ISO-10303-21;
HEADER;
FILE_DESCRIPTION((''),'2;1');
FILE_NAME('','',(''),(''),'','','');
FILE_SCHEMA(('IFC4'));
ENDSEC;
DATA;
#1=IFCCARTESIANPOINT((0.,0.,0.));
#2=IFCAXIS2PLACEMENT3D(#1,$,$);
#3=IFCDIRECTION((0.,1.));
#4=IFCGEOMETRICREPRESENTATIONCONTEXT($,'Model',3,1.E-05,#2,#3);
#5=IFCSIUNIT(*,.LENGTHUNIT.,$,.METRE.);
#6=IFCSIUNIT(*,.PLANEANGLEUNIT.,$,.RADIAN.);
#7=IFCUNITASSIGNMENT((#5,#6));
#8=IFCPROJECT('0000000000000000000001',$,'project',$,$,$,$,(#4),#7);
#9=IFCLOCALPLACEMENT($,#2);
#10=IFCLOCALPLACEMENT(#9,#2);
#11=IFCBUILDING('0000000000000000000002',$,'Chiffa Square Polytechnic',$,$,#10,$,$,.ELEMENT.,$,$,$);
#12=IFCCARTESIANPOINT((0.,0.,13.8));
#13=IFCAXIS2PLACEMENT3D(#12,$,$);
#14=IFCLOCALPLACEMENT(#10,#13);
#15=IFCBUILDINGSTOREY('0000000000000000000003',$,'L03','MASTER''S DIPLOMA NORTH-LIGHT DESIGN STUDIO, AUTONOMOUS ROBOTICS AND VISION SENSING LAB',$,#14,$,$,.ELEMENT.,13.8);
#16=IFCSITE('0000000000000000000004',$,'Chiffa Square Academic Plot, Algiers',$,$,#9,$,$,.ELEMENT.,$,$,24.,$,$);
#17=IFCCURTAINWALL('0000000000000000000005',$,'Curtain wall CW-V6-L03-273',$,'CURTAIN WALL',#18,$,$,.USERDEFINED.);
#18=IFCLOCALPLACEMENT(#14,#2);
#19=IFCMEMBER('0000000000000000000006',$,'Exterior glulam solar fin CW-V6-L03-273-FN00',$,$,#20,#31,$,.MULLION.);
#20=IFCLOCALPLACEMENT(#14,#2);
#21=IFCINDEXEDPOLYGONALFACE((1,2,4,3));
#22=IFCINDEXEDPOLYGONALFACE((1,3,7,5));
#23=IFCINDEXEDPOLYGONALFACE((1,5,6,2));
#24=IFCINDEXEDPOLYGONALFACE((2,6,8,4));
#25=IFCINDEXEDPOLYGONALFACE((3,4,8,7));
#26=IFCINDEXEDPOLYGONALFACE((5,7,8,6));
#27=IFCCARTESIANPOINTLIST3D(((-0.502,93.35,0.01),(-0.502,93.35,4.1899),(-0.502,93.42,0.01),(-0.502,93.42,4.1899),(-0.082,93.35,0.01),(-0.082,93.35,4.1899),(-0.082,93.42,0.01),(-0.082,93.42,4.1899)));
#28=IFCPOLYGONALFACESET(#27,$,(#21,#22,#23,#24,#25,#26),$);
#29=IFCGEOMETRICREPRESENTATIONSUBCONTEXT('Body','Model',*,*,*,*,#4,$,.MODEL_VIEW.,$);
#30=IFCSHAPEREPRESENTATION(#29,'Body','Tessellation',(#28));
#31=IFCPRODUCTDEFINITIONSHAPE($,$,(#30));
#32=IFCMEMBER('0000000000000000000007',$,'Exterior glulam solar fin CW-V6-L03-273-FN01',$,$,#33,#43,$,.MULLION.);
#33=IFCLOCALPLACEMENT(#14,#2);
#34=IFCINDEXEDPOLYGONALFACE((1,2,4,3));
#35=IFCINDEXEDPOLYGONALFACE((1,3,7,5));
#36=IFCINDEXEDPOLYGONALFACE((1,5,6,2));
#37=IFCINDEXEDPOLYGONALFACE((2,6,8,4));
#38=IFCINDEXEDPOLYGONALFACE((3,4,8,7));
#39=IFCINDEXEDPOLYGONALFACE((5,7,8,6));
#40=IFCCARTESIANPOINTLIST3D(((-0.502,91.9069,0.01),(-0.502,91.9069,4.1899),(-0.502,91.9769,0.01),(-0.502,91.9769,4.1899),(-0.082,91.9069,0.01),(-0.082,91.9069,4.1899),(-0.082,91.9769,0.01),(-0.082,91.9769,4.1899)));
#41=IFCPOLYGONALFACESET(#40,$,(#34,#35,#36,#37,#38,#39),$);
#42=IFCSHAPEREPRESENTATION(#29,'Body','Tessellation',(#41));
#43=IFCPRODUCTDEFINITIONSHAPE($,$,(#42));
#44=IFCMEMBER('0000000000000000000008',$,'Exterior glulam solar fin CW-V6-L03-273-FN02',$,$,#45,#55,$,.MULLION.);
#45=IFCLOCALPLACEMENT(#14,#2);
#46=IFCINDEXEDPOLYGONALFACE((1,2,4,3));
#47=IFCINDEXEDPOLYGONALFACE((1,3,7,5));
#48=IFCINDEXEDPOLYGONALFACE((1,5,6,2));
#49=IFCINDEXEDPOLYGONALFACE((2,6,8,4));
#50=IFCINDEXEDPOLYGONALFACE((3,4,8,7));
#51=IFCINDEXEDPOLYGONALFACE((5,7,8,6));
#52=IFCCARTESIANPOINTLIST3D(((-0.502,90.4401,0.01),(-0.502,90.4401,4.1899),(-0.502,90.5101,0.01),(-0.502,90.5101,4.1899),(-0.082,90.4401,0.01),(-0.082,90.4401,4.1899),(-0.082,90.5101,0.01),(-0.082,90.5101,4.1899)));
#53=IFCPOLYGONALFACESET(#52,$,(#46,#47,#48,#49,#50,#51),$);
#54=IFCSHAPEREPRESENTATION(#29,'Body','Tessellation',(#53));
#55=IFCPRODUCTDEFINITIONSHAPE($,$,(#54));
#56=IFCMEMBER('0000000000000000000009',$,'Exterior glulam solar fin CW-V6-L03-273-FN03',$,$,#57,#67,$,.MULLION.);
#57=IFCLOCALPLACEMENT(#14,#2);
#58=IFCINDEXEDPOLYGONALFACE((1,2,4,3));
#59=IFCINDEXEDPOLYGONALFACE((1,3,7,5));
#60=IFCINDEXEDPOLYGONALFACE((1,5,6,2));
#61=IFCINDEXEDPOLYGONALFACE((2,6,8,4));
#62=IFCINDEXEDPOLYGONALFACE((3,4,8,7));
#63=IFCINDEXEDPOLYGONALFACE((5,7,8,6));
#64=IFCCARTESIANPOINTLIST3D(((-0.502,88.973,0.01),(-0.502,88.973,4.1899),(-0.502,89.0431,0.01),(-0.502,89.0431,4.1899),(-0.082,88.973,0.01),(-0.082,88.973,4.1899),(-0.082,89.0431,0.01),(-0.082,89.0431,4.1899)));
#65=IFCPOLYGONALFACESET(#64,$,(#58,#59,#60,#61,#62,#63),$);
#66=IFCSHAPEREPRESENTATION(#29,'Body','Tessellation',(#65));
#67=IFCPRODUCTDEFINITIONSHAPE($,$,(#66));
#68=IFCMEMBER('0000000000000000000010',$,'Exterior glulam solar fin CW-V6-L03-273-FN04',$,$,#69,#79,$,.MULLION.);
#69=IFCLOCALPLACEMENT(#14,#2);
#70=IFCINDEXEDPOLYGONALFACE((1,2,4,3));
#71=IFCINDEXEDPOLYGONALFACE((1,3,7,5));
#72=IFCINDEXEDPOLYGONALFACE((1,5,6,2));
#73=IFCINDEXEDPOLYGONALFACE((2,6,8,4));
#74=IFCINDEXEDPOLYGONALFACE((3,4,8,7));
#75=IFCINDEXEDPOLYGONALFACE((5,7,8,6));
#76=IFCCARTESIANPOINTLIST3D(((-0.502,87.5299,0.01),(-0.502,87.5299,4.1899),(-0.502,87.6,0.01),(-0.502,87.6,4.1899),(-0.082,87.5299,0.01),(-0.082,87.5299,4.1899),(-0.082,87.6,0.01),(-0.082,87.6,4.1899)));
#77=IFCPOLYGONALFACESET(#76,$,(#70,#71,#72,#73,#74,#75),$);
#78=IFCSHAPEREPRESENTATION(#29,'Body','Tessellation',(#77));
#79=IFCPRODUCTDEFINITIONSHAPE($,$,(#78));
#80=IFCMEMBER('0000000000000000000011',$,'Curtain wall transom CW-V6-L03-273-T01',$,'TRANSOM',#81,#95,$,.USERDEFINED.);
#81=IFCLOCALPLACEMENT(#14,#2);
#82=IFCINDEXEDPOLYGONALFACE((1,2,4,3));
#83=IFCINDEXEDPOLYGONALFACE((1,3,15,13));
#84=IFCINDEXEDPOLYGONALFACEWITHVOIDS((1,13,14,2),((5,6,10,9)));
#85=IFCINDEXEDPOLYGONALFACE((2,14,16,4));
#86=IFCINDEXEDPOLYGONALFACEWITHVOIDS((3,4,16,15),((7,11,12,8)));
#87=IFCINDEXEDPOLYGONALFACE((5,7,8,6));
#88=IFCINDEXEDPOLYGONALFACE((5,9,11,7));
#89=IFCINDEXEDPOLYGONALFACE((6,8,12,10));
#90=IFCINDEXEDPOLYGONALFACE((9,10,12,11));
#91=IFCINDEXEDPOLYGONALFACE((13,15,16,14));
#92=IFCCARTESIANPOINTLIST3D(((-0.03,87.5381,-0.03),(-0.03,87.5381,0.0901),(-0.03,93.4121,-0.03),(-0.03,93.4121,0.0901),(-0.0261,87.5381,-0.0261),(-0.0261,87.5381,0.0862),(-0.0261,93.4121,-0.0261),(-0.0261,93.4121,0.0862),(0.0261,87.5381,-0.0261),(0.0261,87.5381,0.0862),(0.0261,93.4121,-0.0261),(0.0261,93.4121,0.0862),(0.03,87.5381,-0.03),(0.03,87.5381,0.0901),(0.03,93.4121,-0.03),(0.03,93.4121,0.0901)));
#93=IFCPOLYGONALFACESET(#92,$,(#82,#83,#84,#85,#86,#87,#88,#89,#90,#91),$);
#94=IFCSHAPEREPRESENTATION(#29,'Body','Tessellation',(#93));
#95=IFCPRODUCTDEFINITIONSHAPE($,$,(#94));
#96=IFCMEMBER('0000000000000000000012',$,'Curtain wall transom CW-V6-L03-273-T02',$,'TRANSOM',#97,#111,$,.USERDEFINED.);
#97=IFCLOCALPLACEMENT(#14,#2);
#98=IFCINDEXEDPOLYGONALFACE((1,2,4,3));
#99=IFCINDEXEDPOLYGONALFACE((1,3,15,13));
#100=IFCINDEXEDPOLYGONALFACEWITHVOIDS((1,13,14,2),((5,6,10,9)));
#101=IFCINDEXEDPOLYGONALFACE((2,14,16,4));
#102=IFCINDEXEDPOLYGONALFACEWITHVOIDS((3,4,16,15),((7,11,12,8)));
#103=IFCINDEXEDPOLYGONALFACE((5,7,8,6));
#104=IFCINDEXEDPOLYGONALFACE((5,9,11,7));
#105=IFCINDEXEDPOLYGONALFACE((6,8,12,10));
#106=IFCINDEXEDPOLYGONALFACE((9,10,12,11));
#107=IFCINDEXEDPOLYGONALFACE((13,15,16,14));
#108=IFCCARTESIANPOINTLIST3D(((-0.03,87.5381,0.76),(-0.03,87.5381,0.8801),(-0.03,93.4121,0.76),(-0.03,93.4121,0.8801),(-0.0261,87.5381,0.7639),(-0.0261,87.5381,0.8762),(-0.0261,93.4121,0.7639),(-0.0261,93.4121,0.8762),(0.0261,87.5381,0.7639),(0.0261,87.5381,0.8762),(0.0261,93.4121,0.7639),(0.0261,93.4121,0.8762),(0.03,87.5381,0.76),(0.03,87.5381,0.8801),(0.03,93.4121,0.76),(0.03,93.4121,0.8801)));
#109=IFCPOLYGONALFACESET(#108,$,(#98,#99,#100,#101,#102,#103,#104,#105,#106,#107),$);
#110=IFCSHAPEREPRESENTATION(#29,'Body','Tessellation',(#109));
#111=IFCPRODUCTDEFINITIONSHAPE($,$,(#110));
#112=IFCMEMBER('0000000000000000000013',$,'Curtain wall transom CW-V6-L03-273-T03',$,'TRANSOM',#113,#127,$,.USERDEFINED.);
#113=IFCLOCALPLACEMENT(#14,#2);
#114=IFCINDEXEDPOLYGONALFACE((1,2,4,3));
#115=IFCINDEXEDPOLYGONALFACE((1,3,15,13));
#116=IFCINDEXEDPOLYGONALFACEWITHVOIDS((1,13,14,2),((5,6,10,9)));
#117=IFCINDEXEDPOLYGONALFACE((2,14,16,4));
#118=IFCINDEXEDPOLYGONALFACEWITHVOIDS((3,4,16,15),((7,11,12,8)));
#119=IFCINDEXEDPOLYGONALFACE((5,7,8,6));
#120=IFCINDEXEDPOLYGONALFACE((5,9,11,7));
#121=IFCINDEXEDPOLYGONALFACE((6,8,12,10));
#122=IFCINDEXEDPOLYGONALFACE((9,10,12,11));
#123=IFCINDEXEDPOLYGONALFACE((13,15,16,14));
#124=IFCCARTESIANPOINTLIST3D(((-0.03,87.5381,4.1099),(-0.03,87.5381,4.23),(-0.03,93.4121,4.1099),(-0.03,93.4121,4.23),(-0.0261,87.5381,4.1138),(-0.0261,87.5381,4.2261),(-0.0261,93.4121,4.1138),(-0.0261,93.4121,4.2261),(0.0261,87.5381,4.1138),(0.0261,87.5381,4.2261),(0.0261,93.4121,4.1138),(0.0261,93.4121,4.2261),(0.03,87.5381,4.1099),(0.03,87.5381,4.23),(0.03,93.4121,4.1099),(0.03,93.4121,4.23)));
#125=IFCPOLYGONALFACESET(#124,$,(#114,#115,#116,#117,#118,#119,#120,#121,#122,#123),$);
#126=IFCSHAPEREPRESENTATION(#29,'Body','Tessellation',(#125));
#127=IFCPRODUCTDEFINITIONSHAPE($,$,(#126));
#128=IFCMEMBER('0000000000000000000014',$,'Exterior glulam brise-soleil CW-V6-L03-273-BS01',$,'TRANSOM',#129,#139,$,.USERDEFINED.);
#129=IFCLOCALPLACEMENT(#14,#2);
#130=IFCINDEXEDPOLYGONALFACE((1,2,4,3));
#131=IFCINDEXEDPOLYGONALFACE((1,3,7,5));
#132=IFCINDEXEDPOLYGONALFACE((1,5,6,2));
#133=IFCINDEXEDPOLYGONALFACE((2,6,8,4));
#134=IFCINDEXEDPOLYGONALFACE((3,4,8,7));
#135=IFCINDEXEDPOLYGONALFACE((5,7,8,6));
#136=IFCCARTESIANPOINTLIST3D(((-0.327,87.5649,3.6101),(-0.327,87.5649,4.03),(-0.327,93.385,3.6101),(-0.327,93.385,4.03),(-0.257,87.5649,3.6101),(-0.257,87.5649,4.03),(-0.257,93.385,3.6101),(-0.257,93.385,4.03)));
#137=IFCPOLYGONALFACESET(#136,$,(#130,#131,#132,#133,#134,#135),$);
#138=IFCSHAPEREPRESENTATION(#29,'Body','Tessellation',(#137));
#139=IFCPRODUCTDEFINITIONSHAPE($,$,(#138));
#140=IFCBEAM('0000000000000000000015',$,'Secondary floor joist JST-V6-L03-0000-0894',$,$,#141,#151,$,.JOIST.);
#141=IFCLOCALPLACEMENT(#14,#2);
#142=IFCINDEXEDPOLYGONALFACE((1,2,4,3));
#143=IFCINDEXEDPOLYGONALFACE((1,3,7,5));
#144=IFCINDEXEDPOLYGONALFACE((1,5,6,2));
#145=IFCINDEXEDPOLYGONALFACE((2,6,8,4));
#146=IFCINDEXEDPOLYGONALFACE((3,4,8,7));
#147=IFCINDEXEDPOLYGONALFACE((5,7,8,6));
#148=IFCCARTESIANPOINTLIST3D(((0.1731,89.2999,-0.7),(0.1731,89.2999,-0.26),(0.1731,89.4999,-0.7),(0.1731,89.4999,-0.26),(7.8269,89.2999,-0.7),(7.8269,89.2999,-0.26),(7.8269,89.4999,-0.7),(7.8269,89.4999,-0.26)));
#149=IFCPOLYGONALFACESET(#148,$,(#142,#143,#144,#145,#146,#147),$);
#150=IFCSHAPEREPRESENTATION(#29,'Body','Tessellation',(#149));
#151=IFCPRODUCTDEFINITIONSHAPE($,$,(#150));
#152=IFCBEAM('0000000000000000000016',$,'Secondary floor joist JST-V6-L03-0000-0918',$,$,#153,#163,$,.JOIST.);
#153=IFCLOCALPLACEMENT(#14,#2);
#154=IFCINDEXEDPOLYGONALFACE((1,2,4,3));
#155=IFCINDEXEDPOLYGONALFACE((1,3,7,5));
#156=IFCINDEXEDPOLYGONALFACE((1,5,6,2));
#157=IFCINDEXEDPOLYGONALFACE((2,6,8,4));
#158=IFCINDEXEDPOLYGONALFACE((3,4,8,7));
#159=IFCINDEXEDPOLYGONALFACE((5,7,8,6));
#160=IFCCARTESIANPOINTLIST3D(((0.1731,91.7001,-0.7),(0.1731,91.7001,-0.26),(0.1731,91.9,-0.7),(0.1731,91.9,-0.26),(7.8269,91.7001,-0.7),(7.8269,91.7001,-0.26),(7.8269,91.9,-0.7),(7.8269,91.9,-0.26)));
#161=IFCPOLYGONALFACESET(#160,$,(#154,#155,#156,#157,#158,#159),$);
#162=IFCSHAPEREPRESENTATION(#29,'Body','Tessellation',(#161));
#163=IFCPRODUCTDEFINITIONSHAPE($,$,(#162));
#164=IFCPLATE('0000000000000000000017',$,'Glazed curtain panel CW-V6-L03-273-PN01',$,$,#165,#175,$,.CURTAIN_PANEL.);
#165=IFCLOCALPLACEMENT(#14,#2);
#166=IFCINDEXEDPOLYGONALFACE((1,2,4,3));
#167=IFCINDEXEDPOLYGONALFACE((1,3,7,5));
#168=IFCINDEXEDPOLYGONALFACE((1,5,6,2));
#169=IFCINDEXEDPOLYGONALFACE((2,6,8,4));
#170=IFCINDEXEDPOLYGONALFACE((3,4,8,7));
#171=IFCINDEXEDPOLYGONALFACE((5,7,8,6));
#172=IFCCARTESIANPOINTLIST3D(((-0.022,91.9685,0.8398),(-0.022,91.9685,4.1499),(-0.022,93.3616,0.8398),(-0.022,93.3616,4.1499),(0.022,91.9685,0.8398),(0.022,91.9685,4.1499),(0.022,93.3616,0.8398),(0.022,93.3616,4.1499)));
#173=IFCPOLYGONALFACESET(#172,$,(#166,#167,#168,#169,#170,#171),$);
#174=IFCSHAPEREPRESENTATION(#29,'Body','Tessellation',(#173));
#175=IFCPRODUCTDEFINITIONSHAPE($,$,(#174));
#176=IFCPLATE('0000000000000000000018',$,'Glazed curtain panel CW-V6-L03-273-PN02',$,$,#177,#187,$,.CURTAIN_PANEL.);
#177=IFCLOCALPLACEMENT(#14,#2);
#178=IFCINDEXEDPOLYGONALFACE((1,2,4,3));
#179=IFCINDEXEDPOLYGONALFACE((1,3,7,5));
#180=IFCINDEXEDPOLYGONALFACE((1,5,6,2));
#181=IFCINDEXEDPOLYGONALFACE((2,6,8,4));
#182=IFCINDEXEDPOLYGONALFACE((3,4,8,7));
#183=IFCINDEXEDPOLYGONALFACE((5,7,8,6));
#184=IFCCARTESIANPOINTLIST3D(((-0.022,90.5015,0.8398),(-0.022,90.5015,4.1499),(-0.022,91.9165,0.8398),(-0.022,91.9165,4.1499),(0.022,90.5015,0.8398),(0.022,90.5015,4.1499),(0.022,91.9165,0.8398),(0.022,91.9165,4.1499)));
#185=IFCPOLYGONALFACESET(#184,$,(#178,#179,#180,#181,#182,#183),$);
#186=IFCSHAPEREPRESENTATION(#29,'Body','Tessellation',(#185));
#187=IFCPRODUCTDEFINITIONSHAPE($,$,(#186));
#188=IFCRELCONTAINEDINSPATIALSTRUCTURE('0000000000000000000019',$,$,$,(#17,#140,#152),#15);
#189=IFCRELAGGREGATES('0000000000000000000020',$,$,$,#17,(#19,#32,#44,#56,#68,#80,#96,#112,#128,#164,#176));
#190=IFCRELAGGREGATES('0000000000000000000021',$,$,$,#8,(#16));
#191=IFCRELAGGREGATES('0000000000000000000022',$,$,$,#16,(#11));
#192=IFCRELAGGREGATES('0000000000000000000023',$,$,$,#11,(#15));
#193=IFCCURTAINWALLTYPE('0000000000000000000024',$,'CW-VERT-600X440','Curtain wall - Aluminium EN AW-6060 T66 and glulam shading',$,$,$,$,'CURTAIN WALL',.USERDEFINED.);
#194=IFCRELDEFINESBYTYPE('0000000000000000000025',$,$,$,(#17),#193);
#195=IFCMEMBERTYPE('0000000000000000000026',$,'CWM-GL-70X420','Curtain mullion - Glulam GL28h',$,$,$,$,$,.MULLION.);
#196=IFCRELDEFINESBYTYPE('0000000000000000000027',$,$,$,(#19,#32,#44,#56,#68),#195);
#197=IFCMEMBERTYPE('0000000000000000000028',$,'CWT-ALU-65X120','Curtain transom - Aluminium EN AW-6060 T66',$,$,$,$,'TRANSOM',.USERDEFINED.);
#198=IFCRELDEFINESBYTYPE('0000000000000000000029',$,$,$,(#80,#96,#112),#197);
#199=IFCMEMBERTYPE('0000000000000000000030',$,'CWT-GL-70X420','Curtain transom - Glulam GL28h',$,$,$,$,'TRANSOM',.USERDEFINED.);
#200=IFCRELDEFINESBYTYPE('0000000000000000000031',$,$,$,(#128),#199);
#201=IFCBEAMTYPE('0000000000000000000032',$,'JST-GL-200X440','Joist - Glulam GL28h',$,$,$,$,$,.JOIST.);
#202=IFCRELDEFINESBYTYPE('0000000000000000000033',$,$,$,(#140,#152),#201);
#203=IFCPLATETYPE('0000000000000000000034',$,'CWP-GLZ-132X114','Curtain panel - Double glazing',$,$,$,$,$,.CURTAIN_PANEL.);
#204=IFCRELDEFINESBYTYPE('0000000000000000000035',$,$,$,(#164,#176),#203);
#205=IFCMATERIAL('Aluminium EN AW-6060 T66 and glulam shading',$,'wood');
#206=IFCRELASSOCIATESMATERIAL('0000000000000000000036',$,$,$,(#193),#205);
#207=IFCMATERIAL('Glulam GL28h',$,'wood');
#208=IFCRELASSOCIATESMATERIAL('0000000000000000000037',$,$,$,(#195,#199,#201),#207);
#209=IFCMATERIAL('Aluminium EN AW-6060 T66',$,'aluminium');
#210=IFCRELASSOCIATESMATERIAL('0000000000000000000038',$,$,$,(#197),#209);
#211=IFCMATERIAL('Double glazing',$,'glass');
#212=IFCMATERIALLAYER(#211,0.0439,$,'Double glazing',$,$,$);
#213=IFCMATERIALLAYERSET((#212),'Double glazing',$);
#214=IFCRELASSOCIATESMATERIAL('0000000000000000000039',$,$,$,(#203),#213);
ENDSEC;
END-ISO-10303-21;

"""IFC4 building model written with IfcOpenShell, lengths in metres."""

from ifc_helpers import new_model, si_unit, direction, frame, origin, origin_2d, place, context, subcontext, project, spatial, rectangle, hollow_rectangle, extrude, material, layer, layer_set, material_profile, profile_set, type_object, element, aggregate, save


model = new_model("IFC4")

# Units and contexts
model_context = context("Model", 3, precision=1e-05, world=origin(), true_north=direction((0.0, 1.0)))
body_context = subcontext(model_context, "Body", "Model", "MODEL_VIEW")
ifc_project = project(units=[si_unit("LENGTHUNIT", "METRE"), si_unit("PLANEANGLEUNIT", "RADIAN")], contexts=[model_context])

# Site, building, storey
site_placement = place(None, origin())
site = spatial("IfcSite", under=ifc_project, at=site_placement, Name="Chiffa Square Academic Plot, Algiers", CompositionType="ELEMENT", RefElevation=24.0)
building_placement = place(site_placement, origin())
building = spatial("IfcBuilding", under=site, at=building_placement, Name="Chiffa Square Polytechnic", CompositionType="ELEMENT")
storey_placement = place(building_placement, frame((0.0, 0.0, 13.8)))
storey = spatial("IfcBuildingStorey", under=building, at=storey_placement, Name="L03", Description="MASTER'S DIPLOMA NORTH-LIGHT DESIGN STUDIO, AUTONOMOUS ROBOTICS AND VISION SENSING LAB", CompositionType="ELEMENT", Elevation=13.8)

# Curtain wall, members
ifc_material_1 = material(Name="Aluminium EN AW-6060 T66 and glulam shading", Category="wood")
curtain_wall_type = type_object("IfcCurtainWallType", Name="CW-VERT-600X440", Description="Curtain wall - Aluminium EN AW-6060 T66 and glulam shading", ElementType="CURTAIN WALL", PredefinedType="USERDEFINED", material=ifc_material_1)
curtain_wall_placement = place(storey_placement, origin())
curtain_wall = element("IfcCurtainWall", 1, at=curtain_wall_placement, inside=storey, type_object=curtain_wall_type, Name="Curtain wall CW-V6-L03-273", ObjectType="CURTAIN WALL", PredefinedType="USERDEFINED")
ifc_material_2 = material(Name="Aluminium EN AW-6060 T66", Category="aluminium")
ifc_material_3 = material(Name="Glulam GL28h", Category="wood")
ifc_material_profile_1 = material_profile(ifc_material_3, rectangle(XDim=0.0701, YDim=0.4199, at=origin_2d()), Name="GL28h 70x420")
ifc_profile_set_1 = profile_set([ifc_material_profile_1], Name="Glulam GL28h")
member_type_1 = type_object("IfcMemberType", Name="CWM-GL-70X420", Description="Curtain mullion - Glulam GL28h", PredefinedType="MULLION", material=ifc_profile_set_1)
member_1_placement = place(storey_placement, frame((-0.292, 93.385, 0.01), z_axis=(0.0, 0.0, 1.0), x_axis=(0.0, -1.0, 0.0)))
member_1 = element("IfcMember", 2, at=member_1_placement, type_object=member_type_1, Name="Exterior glulam solar fin CW-V6-L03-273-FN00", PredefinedType="MULLION", context=body_context, shape_type="SweptSolid", body=[
    extrude(rectangle(XDim=0.0701, YDim=0.4199, at=origin_2d()), origin(), (0.0, 0.0, 1.0), 4.1799),
])
member_2_placement = place(storey_placement, frame((-0.292, 91.9419, 0.01), z_axis=(0.0, 0.0, 1.0), x_axis=(0.0, -1.0, 0.0)))
member_2 = element("IfcMember", 3, at=member_2_placement, type_object=member_type_1, Name="Exterior glulam solar fin CW-V6-L03-273-FN01", PredefinedType="MULLION", context=body_context, shape_type="SweptSolid", body=[
    extrude(rectangle(XDim=0.0701, YDim=0.4199, at=origin_2d()), origin(), (0.0, 0.0, 1.0), 4.1799),
])
member_3_placement = place(storey_placement, frame((-0.292, 90.4751, 0.01), z_axis=(0.0, 0.0, 1.0), x_axis=(0.0, -1.0, 0.0)))
member_3 = element("IfcMember", 4, at=member_3_placement, type_object=member_type_1, Name="Exterior glulam solar fin CW-V6-L03-273-FN02", PredefinedType="MULLION", context=body_context, shape_type="SweptSolid", body=[
    extrude(rectangle(XDim=0.0701, YDim=0.4199, at=origin_2d()), origin(), (0.0, 0.0, 1.0), 4.1799),
])
member_4_placement = place(storey_placement, frame((-0.292, 89.0081, 0.01), z_axis=(0.0, 0.0, 1.0), x_axis=(0.0, -1.0, 0.0)))
member_4 = element("IfcMember", 5, at=member_4_placement, type_object=member_type_1, Name="Exterior glulam solar fin CW-V6-L03-273-FN03", PredefinedType="MULLION", context=body_context, shape_type="SweptSolid", body=[
    extrude(rectangle(XDim=0.0701, YDim=0.4199, at=origin_2d()), origin(), (0.0, 0.0, 1.0), 4.1799),
])
member_5_placement = place(storey_placement, frame((-0.292, 87.5649, 0.01), z_axis=(0.0, 0.0, 1.0), x_axis=(0.0, -1.0, 0.0)))
member_5 = element("IfcMember", 6, at=member_5_placement, type_object=member_type_1, Name="Exterior glulam solar fin CW-V6-L03-273-FN04", PredefinedType="MULLION", context=body_context, shape_type="SweptSolid", body=[
    extrude(rectangle(XDim=0.0701, YDim=0.4199, at=origin_2d()), origin(), (0.0, 0.0, 1.0), 4.1799),
])
ifc_material_profile_2 = material_profile(ifc_material_2, hollow_rectangle(XDim=0.0601, YDim=0.1201, WallThickness=0.0039, at=origin_2d()), Name="ALU 60x120x4")
ifc_profile_set_2 = profile_set([ifc_material_profile_2], Name="Aluminium EN AW-6060 T66")
member_type_2 = type_object("IfcMemberType", Name="CWT-ALU-65X120", Description="Curtain transom - Aluminium EN AW-6060 T66", ElementType="TRANSOM", PredefinedType="USERDEFINED", material=ifc_profile_set_2)
member_6_placement = place(storey_placement, frame((0.0, 93.4121, 0.03), z_axis=(0.0, -1.0, 0.0), x_axis=(1.0, 0.0, 0.0)))
member_6 = element("IfcMember", 7, at=member_6_placement, type_object=member_type_2, Name="Curtain wall transom CW-V6-L03-273-T01", ObjectType="TRANSOM", PredefinedType="USERDEFINED", context=body_context, shape_type="SweptSolid", body=[
    extrude(hollow_rectangle(XDim=0.0601, YDim=0.1201, WallThickness=0.0039, at=origin_2d()), origin(), (0.0, 0.0, 1.0), 5.874),
])
member_7_placement = place(storey_placement, frame((0.0, 93.4121, 0.8201), z_axis=(0.0, -1.0, 0.0), x_axis=(1.0, 0.0, 0.0)))
member_7 = element("IfcMember", 8, at=member_7_placement, type_object=member_type_2, Name="Curtain wall transom CW-V6-L03-273-T02", ObjectType="TRANSOM", PredefinedType="USERDEFINED", context=body_context, shape_type="SweptSolid", body=[
    extrude(hollow_rectangle(XDim=0.0601, YDim=0.1201, WallThickness=0.0039, at=origin_2d()), origin(), (0.0, 0.0, 1.0), 5.874),
])
member_8_placement = place(storey_placement, frame((0.0, 93.4121, 4.1699), z_axis=(0.0, -1.0, 0.0), x_axis=(1.0, 0.0, 0.0)))
member_8 = element("IfcMember", 9, at=member_8_placement, type_object=member_type_2, Name="Curtain wall transom CW-V6-L03-273-T03", ObjectType="TRANSOM", PredefinedType="USERDEFINED", context=body_context, shape_type="SweptSolid", body=[
    extrude(hollow_rectangle(XDim=0.0601, YDim=0.1201, WallThickness=0.0039, at=origin_2d()), origin(), (0.0, 0.0, 1.0), 5.874),
])
ifc_material_profile_3 = material_profile(ifc_material_3, rectangle(XDim=0.0701, YDim=0.4199, at=origin_2d()), Name="GL28h 70x420")
ifc_profile_set_3 = profile_set([ifc_material_profile_3], Name="Glulam GL28h")
member_type_3 = type_object("IfcMemberType", Name="CWT-GL-70X420", Description="Curtain transom - Glulam GL28h", ElementType="TRANSOM", PredefinedType="USERDEFINED", material=ifc_profile_set_3)
member_9_placement = place(storey_placement, frame((-0.292, 93.385, 3.8201), z_axis=(0.0, -1.0, 0.0), x_axis=(1.0, 0.0, 0.0)))
member_9 = element("IfcMember", 10, at=member_9_placement, type_object=member_type_3, Name="Exterior glulam brise-soleil CW-V6-L03-273-BS01", ObjectType="TRANSOM", PredefinedType="USERDEFINED", context=body_context, shape_type="SweptSolid", body=[
    extrude(rectangle(XDim=0.0701, YDim=0.4199, at=origin_2d()), origin(), (0.0, 0.0, 1.0), 5.8201),
])

# Beams
ifc_material_profile_4 = material_profile(ifc_material_3, rectangle(XDim=0.2, YDim=0.4399, at=origin_2d()), Name="GL28h 200x440")
ifc_profile_set_4 = profile_set([ifc_material_profile_4], Name="Glulam GL28h")
beam_type_1 = type_object("IfcBeamType", Name="JST-GL-200X440", Description="Joist - Glulam GL28h", PredefinedType="JOIST", material=ifc_profile_set_4)
for number, where, z_axis, x_axis, name in (
    (11, (0.1731, 89.3999, -0.48), (1.0, 0.0, 0.0), (0.0, 1.0, 0.0), "Secondary floor joist JST-V6-L03-0000-0894"),
    (12, (0.1731, 91.8, -0.48), (1.0, 0.0, 0.0), (0.0, 1.0, 0.0), "Secondary floor joist JST-V6-L03-0000-0918"),
):
    element("IfcBeam", number, at=place(storey_placement, frame(where, z_axis=z_axis, x_axis=x_axis)), inside=storey, type_object=beam_type_1, Name=name, PredefinedType="JOIST", context=body_context, shape_type="SweptSolid", body=[
        extrude(rectangle(XDim=0.2, YDim=0.4399, at=origin_2d()), origin(), (0.0, 0.0, 1.0), 7.6538),
    ])

# Plates
ifc_material_4 = material(Name="Double glazing", Category="glass")
ifc_layer_1 = layer(ifc_material_4, 0.0439, Name="Double glazing")
ifc_layer_set_1 = layer_set([ifc_layer_1], Name="Double glazing")
plate_type_1 = type_object("IfcPlateType", Name="CWP-GLZ-132X114", Description="Curtain panel - Double glazing", PredefinedType="CURTAIN_PANEL", material=ifc_layer_set_1)
plate_1_placement = place(storey_placement, frame((0.0, 92.665, 0.8398), z_axis=(0.0, 0.0, 1.0), x_axis=(0.0, -1.0, 0.0)))
plate_1 = element("IfcPlate", 13, at=plate_1_placement, type_object=plate_type_1, Name="Glazed curtain panel CW-V6-L03-273-PN01", PredefinedType="CURTAIN_PANEL", context=body_context, shape_type="SweptSolid", body=[
    extrude(rectangle(XDim=1.3931, YDim=0.0439, at=origin_2d()), origin(), (0.0, 0.0, 1.0), 3.3101),
])
plate_2_placement = place(storey_placement, frame((0.0, 91.209, 0.8398), z_axis=(0.0, 0.0, 1.0), x_axis=(0.0, -1.0, 0.0)))
plate_2 = element("IfcPlate", 14, at=plate_2_placement, type_object=plate_type_1, Name="Glazed curtain panel CW-V6-L03-273-PN02", PredefinedType="CURTAIN_PANEL", context=body_context, shape_type="SweptSolid", body=[
    extrude(rectangle(XDim=1.415, YDim=0.0439, at=origin_2d()), origin(), (0.0, 0.0, 1.0), 3.3101),
])
aggregate(curtain_wall, [member_1, member_2, member_3, member_4, member_5, member_6, member_7, member_8, member_9, plate_1, plate_2])

save(model, "model.ifc")
